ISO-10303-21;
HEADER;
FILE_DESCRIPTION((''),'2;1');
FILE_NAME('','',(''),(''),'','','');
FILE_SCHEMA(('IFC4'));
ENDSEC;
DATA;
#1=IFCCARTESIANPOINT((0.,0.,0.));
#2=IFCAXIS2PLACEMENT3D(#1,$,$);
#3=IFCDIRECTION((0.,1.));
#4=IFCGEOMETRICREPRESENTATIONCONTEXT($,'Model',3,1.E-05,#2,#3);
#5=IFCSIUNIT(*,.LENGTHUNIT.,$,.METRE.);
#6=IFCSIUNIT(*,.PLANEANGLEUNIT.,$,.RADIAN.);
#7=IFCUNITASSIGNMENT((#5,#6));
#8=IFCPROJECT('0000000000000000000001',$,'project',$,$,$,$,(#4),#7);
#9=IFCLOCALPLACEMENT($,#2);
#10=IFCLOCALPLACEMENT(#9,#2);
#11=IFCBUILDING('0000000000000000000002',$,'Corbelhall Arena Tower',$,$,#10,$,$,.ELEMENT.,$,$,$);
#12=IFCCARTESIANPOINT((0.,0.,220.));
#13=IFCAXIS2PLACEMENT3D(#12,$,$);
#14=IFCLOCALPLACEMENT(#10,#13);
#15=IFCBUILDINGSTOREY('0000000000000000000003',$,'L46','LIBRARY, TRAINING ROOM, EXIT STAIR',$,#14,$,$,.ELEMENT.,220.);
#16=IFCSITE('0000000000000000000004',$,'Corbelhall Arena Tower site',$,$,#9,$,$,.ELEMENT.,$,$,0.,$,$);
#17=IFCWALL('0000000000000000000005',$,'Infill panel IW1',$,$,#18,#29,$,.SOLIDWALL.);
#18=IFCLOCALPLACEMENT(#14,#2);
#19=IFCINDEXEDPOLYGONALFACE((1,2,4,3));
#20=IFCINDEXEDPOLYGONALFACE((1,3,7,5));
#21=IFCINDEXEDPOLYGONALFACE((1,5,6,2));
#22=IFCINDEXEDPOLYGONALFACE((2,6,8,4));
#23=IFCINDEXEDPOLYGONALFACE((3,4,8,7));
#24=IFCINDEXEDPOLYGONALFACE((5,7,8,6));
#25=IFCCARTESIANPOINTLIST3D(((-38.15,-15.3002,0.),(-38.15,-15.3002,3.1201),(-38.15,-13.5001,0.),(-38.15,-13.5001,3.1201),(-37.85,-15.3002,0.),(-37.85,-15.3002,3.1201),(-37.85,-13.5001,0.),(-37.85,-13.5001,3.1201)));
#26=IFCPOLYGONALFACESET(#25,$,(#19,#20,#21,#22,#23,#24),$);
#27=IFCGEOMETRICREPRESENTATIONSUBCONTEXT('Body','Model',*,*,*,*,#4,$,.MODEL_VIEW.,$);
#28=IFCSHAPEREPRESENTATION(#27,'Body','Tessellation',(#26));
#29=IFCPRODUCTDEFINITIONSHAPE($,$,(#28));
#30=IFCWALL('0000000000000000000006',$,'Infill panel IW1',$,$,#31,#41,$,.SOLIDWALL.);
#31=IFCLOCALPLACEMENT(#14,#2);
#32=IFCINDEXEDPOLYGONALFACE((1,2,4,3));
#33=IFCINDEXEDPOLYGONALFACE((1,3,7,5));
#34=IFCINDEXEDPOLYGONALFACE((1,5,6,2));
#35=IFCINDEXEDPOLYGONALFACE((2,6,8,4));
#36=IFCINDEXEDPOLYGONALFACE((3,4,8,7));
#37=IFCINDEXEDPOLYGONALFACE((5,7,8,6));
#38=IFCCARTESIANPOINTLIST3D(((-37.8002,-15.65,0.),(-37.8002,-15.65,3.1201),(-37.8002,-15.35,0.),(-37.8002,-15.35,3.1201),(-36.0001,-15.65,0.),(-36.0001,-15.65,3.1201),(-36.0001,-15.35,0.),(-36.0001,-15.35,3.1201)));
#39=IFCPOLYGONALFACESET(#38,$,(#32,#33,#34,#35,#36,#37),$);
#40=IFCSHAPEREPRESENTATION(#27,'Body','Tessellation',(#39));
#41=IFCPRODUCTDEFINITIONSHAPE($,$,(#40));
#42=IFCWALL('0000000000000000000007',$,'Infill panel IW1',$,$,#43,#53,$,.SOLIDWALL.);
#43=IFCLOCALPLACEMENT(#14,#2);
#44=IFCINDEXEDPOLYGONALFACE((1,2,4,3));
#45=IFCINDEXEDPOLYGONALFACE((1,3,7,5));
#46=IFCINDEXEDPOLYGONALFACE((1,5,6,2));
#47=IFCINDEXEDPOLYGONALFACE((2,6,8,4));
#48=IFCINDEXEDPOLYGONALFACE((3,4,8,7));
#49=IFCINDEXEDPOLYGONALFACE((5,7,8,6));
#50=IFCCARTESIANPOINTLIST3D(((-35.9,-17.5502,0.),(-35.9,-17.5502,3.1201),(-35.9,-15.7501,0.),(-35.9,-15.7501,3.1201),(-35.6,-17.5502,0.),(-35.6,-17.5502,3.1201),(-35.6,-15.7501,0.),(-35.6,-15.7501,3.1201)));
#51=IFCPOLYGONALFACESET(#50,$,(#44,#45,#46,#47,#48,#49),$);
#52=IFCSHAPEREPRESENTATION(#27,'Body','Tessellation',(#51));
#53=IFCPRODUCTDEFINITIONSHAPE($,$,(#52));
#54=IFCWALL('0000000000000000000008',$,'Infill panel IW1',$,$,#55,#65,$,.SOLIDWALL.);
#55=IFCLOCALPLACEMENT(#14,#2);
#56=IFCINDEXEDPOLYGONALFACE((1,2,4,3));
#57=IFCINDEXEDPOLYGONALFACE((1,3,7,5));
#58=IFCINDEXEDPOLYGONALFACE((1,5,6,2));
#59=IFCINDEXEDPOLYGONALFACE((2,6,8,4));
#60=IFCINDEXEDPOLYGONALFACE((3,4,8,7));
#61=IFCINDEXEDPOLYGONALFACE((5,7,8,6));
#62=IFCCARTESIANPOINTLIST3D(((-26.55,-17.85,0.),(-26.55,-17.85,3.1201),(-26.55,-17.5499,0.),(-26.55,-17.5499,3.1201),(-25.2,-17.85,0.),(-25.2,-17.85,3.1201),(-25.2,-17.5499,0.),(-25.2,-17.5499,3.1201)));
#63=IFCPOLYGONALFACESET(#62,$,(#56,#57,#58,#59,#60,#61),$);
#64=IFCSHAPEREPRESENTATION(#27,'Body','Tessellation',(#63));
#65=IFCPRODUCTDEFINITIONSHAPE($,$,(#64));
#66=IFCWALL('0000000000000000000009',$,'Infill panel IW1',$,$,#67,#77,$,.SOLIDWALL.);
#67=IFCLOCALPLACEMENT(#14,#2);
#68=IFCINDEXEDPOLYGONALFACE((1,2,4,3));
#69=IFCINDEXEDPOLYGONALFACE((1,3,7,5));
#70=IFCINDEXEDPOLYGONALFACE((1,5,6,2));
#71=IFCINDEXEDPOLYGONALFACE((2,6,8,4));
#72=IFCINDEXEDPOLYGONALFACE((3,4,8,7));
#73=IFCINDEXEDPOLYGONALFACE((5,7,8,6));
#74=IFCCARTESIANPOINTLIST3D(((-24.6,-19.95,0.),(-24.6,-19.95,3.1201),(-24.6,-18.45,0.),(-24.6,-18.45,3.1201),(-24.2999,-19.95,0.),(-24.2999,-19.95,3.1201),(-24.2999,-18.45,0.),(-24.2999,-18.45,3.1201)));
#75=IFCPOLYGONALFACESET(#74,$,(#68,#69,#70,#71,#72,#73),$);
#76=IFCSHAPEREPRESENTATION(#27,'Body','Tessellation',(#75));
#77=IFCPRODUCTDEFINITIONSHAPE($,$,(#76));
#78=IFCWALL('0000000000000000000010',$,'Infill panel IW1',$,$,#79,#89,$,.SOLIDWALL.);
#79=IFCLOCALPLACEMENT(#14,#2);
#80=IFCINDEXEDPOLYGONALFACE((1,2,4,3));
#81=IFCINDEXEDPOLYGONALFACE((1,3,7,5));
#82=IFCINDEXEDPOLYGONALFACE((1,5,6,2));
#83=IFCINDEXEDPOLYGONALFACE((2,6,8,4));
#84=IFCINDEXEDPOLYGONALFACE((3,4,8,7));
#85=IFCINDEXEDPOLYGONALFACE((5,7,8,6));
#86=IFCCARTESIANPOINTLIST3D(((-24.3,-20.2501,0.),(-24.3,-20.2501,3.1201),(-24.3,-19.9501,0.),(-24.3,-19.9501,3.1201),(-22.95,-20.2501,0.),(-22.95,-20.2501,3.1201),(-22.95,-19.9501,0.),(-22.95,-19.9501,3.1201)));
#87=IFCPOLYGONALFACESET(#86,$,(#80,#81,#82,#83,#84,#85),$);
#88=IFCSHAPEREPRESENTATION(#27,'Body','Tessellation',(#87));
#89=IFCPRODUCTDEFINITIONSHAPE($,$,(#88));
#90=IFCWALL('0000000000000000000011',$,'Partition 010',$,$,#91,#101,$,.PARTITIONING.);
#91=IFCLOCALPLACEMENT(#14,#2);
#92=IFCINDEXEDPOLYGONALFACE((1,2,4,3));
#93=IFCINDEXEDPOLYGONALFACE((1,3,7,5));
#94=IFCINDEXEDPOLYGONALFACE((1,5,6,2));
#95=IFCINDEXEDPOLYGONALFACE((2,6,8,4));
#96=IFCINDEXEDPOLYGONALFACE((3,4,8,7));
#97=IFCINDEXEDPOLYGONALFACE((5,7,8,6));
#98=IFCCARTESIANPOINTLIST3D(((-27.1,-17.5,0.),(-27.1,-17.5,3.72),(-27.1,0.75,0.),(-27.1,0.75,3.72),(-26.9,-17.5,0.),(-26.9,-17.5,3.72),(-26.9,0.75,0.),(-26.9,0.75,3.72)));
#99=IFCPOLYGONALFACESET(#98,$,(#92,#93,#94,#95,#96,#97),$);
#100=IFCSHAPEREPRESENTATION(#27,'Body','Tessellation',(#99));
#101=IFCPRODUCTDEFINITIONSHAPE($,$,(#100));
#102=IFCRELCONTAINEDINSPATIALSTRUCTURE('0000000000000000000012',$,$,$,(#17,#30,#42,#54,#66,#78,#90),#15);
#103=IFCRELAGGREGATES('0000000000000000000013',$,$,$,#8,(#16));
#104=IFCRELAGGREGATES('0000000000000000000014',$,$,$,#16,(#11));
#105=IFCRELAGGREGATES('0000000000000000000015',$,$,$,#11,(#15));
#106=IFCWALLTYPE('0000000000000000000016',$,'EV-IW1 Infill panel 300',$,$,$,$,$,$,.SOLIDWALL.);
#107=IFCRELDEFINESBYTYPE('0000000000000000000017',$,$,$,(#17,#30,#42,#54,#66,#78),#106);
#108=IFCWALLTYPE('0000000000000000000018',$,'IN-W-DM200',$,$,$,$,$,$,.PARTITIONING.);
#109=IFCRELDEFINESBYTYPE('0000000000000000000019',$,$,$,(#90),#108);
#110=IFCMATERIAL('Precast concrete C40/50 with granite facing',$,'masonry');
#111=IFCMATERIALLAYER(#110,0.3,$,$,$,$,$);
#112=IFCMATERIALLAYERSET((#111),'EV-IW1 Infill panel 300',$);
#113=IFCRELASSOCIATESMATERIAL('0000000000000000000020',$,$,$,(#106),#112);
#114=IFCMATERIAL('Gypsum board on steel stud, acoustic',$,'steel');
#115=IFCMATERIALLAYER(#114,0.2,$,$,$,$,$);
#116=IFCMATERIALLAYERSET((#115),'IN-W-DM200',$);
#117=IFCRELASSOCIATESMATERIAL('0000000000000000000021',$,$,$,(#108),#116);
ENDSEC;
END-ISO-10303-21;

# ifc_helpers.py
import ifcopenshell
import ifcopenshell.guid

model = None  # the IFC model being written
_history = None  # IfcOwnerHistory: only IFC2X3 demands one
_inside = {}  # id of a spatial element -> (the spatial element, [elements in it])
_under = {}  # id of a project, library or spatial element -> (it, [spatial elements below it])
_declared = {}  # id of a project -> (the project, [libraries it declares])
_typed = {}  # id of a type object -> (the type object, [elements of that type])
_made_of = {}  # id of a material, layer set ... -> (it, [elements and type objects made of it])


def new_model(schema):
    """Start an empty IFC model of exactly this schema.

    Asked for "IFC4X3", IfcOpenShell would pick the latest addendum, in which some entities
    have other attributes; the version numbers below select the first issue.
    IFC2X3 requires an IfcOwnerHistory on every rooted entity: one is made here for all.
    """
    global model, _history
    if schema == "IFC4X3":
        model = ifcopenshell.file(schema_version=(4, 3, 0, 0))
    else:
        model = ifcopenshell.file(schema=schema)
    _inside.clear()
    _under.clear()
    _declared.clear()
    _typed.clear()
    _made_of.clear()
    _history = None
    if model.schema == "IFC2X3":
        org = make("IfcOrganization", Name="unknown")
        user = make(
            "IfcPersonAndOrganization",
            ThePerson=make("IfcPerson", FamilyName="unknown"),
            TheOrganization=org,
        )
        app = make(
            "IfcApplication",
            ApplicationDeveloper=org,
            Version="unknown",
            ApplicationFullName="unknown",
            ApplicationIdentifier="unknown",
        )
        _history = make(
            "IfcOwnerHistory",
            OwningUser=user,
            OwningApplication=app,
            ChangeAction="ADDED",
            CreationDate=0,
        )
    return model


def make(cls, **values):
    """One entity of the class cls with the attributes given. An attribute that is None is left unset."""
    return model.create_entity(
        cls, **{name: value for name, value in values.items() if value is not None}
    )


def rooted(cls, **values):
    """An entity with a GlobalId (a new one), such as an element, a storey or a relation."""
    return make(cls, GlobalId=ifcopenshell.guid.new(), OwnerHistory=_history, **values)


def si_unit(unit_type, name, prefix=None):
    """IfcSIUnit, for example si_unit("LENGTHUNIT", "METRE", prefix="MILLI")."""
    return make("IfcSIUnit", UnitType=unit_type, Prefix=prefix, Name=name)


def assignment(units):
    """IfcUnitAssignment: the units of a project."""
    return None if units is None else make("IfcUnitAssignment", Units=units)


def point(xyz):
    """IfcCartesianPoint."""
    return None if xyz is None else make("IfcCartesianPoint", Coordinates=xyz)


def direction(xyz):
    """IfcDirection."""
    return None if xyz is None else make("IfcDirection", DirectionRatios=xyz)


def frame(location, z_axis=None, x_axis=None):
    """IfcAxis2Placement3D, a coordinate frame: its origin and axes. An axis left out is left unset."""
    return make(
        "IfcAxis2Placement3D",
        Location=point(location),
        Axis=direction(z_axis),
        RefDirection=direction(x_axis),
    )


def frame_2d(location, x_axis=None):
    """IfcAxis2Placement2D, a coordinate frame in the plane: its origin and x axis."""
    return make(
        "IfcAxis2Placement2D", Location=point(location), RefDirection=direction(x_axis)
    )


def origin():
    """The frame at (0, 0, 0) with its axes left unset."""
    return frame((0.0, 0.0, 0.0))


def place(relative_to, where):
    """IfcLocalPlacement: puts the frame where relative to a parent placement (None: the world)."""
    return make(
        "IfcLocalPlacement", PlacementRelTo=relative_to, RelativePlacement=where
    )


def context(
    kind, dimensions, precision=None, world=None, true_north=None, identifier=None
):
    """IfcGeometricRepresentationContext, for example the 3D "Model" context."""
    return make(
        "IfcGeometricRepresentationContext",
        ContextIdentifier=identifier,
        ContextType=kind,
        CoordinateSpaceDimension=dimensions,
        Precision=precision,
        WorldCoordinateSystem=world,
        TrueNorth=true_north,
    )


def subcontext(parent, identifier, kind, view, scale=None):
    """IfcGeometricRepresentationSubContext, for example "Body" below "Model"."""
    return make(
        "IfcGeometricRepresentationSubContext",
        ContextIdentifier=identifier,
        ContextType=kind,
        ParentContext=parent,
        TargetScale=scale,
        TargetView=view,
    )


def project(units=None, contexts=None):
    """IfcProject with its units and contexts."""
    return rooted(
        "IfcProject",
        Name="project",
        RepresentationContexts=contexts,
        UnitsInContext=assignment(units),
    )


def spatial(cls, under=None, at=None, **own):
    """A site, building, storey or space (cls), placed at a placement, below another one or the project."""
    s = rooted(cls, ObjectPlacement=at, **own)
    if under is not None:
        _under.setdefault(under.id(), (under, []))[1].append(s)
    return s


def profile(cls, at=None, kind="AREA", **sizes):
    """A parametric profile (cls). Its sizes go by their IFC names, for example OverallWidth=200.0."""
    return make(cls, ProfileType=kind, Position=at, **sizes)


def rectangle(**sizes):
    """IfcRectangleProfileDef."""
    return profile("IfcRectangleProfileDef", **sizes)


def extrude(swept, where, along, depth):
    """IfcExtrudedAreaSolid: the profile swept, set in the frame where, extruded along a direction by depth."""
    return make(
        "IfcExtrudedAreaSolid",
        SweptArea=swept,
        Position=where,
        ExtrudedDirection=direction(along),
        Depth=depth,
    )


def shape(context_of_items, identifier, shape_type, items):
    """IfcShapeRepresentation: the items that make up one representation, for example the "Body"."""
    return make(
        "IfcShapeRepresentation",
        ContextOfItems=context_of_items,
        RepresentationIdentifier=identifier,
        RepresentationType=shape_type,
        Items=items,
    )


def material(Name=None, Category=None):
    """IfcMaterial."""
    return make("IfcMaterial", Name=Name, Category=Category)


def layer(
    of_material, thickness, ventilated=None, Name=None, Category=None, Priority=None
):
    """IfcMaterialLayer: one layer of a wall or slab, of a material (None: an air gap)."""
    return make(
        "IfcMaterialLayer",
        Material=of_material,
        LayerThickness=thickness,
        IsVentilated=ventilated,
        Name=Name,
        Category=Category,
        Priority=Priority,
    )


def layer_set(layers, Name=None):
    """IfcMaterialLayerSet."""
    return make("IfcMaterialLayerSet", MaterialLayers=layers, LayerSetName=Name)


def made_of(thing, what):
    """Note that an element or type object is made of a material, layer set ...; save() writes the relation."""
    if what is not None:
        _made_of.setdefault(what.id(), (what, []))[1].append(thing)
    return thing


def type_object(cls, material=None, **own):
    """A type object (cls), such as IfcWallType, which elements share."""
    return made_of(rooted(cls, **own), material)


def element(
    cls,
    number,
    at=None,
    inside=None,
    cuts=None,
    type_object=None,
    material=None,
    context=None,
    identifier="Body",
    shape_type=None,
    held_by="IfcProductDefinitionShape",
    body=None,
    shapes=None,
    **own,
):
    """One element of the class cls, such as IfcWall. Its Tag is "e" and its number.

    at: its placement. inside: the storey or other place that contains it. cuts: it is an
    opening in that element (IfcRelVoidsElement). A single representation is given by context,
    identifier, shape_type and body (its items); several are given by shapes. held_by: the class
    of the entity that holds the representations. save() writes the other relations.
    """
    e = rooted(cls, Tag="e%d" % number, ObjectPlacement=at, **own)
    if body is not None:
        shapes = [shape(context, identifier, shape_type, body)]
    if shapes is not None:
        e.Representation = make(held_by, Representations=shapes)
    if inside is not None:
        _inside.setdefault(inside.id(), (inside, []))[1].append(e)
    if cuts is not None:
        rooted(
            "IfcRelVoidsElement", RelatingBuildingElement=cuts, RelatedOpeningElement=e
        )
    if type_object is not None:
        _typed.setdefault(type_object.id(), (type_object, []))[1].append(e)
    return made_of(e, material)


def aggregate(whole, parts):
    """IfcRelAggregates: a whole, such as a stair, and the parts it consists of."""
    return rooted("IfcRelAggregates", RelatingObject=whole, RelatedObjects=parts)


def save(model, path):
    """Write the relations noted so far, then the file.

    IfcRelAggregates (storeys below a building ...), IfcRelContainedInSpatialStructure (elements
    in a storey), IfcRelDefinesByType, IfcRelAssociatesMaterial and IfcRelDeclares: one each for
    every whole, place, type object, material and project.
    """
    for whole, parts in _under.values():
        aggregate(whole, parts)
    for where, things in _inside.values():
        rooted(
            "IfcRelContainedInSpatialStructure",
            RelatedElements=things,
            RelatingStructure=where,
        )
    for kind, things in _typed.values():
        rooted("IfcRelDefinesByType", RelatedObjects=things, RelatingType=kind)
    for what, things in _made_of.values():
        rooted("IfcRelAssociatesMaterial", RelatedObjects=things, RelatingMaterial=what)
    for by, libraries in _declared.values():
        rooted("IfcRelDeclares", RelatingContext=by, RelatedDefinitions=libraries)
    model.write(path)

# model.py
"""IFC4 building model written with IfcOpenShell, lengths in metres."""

from ifc_helpers import new_model, si_unit, direction, frame, frame_2d, origin, place, context, subcontext, project, spatial, rectangle, extrude, material, layer, layer_set, type_object, element, save


model = new_model("IFC4")

# Units and contexts
model_context = context("Model", 3, precision=1e-05, world=origin(), true_north=direction((0.0, 1.0)))
body_context = subcontext(model_context, "Body", "Model", "MODEL_VIEW")
ifc_project = project(units=[si_unit("LENGTHUNIT", "METRE"), si_unit("PLANEANGLEUNIT", "RADIAN")], contexts=[model_context])

# Site, building, storey
site_placement = place(None, origin())
site = spatial("IfcSite", under=ifc_project, at=site_placement, Name="Corbelhall Arena Tower site", CompositionType="ELEMENT", RefElevation=0.0)
building_placement = place(site_placement, origin())
building = spatial("IfcBuilding", under=site, at=building_placement, Name="Corbelhall Arena Tower", CompositionType="ELEMENT")
storey_placement = place(building_placement, frame((0.0, 0.0, 220.0)))
storey = spatial("IfcBuildingStorey", under=building, at=storey_placement, Name="L46", Description="LIBRARY, TRAINING ROOM, EXIT STAIR", CompositionType="ELEMENT", Elevation=220.0)

# Walls
ifc_material_1 = material(Name="Precast concrete C40/50 with granite facing", Category="masonry")
ifc_layer_1 = layer(ifc_material_1, 0.3)
ifc_layer_set_1 = layer_set([ifc_layer_1], Name="EV-IW1 Infill panel 300")
wall_type_1 = type_object("IfcWallType", Name="EV-IW1 Infill panel 300", PredefinedType="SOLIDWALL", material=ifc_layer_set_1)
for number, where, z_axis, x_axis, name in (
    (1, (-38.0, -15.3, 0.0), (0.0, 0.0, 1.0), (0.0, 1.0, 0.0), "Infill panel IW1"),
    (2, (-37.8, -15.5, 0.0), (0.0, 0.0, 1.0), (1.0, 0.0, 0.0), "Infill panel IW1"),
    (3, (-35.75, -17.55, 0.0), (0.0, 0.0, 1.0), (0.0, 1.0, 0.0), "Infill panel IW1"),
):
    element("IfcWall", number, at=place(storey_placement, frame(where, z_axis=z_axis, x_axis=x_axis)), inside=storey, type_object=wall_type_1, Name=name, PredefinedType="SOLIDWALL", context=body_context, shape_type="SweptSolid", body=[
        extrude(rectangle(XDim=1.8, YDim=0.3, at=frame_2d((0.8999, 0.0))), origin(), (0.0, 0.0, 1.0), 3.1201),
    ])

# Walls
wall_1_placement = place(storey_placement, frame((-26.55, -17.7, 0.0), z_axis=(0.0, 0.0, 1.0), x_axis=(1.0, 0.0, 0.0)))
element("IfcWall", 4, at=wall_1_placement, inside=storey, type_object=wall_type_1, Name="Infill panel IW1", PredefinedType="SOLIDWALL", context=body_context, shape_type="SweptSolid", body=[
    extrude(rectangle(XDim=1.3501, YDim=0.3, at=frame_2d((0.675, 0.0))), origin(), (0.0, 0.0, 1.0), 3.1201),
])
wall_2_placement = place(storey_placement, frame((-24.45, -18.45, 0.0), z_axis=(0.0, 0.0, 1.0), x_axis=(0.0, -1.0, 0.0)))
element("IfcWall", 5, at=wall_2_placement, inside=storey, type_object=wall_type_1, Name="Infill panel IW1", PredefinedType="SOLIDWALL", context=body_context, shape_type="SweptSolid", body=[
    extrude(rectangle(XDim=1.5, YDim=0.3, at=frame_2d((0.75, 0.0))), origin(), (0.0, 0.0, 1.0), 3.1201),
])
wall_3_placement = place(storey_placement, frame((-24.3, -20.1001, 0.0), z_axis=(0.0, 0.0, 1.0), x_axis=(1.0, 0.0, 0.0)))
element("IfcWall", 6, at=wall_3_placement, inside=storey, type_object=wall_type_1, Name="Infill panel IW1", PredefinedType="SOLIDWALL", context=body_context, shape_type="SweptSolid", body=[
    extrude(rectangle(XDim=1.3501, YDim=0.3, at=frame_2d((0.675, 0.0))), origin(), (0.0, 0.0, 1.0), 3.1201),
])
ifc_material_2 = material(Name="Gypsum board on steel stud, acoustic", Category="steel")
ifc_layer_2 = layer(ifc_material_2, 0.2)
ifc_layer_set_2 = layer_set([ifc_layer_2], Name="IN-W-DM200")
wall_type_2 = type_object("IfcWallType", Name="IN-W-DM200", PredefinedType="PARTITIONING", material=ifc_layer_set_2)
wall_4_placement = place(storey_placement, frame((-27.0, -17.5, 0.0), z_axis=(0.0, 0.0, 1.0), x_axis=(0.0, 1.0, 0.0)))
element("IfcWall", 7, at=wall_4_placement, inside=storey, type_object=wall_type_2, Name="Partition 010", PredefinedType="PARTITIONING", context=body_context, shape_type="SweptSolid", body=[
    extrude(rectangle(XDim=18.25, YDim=0.2, at=frame_2d((9.125, 0.0))), origin(), (0.0, 0.0, 1.0), 3.72),
])

save(model, "model.ifc")
